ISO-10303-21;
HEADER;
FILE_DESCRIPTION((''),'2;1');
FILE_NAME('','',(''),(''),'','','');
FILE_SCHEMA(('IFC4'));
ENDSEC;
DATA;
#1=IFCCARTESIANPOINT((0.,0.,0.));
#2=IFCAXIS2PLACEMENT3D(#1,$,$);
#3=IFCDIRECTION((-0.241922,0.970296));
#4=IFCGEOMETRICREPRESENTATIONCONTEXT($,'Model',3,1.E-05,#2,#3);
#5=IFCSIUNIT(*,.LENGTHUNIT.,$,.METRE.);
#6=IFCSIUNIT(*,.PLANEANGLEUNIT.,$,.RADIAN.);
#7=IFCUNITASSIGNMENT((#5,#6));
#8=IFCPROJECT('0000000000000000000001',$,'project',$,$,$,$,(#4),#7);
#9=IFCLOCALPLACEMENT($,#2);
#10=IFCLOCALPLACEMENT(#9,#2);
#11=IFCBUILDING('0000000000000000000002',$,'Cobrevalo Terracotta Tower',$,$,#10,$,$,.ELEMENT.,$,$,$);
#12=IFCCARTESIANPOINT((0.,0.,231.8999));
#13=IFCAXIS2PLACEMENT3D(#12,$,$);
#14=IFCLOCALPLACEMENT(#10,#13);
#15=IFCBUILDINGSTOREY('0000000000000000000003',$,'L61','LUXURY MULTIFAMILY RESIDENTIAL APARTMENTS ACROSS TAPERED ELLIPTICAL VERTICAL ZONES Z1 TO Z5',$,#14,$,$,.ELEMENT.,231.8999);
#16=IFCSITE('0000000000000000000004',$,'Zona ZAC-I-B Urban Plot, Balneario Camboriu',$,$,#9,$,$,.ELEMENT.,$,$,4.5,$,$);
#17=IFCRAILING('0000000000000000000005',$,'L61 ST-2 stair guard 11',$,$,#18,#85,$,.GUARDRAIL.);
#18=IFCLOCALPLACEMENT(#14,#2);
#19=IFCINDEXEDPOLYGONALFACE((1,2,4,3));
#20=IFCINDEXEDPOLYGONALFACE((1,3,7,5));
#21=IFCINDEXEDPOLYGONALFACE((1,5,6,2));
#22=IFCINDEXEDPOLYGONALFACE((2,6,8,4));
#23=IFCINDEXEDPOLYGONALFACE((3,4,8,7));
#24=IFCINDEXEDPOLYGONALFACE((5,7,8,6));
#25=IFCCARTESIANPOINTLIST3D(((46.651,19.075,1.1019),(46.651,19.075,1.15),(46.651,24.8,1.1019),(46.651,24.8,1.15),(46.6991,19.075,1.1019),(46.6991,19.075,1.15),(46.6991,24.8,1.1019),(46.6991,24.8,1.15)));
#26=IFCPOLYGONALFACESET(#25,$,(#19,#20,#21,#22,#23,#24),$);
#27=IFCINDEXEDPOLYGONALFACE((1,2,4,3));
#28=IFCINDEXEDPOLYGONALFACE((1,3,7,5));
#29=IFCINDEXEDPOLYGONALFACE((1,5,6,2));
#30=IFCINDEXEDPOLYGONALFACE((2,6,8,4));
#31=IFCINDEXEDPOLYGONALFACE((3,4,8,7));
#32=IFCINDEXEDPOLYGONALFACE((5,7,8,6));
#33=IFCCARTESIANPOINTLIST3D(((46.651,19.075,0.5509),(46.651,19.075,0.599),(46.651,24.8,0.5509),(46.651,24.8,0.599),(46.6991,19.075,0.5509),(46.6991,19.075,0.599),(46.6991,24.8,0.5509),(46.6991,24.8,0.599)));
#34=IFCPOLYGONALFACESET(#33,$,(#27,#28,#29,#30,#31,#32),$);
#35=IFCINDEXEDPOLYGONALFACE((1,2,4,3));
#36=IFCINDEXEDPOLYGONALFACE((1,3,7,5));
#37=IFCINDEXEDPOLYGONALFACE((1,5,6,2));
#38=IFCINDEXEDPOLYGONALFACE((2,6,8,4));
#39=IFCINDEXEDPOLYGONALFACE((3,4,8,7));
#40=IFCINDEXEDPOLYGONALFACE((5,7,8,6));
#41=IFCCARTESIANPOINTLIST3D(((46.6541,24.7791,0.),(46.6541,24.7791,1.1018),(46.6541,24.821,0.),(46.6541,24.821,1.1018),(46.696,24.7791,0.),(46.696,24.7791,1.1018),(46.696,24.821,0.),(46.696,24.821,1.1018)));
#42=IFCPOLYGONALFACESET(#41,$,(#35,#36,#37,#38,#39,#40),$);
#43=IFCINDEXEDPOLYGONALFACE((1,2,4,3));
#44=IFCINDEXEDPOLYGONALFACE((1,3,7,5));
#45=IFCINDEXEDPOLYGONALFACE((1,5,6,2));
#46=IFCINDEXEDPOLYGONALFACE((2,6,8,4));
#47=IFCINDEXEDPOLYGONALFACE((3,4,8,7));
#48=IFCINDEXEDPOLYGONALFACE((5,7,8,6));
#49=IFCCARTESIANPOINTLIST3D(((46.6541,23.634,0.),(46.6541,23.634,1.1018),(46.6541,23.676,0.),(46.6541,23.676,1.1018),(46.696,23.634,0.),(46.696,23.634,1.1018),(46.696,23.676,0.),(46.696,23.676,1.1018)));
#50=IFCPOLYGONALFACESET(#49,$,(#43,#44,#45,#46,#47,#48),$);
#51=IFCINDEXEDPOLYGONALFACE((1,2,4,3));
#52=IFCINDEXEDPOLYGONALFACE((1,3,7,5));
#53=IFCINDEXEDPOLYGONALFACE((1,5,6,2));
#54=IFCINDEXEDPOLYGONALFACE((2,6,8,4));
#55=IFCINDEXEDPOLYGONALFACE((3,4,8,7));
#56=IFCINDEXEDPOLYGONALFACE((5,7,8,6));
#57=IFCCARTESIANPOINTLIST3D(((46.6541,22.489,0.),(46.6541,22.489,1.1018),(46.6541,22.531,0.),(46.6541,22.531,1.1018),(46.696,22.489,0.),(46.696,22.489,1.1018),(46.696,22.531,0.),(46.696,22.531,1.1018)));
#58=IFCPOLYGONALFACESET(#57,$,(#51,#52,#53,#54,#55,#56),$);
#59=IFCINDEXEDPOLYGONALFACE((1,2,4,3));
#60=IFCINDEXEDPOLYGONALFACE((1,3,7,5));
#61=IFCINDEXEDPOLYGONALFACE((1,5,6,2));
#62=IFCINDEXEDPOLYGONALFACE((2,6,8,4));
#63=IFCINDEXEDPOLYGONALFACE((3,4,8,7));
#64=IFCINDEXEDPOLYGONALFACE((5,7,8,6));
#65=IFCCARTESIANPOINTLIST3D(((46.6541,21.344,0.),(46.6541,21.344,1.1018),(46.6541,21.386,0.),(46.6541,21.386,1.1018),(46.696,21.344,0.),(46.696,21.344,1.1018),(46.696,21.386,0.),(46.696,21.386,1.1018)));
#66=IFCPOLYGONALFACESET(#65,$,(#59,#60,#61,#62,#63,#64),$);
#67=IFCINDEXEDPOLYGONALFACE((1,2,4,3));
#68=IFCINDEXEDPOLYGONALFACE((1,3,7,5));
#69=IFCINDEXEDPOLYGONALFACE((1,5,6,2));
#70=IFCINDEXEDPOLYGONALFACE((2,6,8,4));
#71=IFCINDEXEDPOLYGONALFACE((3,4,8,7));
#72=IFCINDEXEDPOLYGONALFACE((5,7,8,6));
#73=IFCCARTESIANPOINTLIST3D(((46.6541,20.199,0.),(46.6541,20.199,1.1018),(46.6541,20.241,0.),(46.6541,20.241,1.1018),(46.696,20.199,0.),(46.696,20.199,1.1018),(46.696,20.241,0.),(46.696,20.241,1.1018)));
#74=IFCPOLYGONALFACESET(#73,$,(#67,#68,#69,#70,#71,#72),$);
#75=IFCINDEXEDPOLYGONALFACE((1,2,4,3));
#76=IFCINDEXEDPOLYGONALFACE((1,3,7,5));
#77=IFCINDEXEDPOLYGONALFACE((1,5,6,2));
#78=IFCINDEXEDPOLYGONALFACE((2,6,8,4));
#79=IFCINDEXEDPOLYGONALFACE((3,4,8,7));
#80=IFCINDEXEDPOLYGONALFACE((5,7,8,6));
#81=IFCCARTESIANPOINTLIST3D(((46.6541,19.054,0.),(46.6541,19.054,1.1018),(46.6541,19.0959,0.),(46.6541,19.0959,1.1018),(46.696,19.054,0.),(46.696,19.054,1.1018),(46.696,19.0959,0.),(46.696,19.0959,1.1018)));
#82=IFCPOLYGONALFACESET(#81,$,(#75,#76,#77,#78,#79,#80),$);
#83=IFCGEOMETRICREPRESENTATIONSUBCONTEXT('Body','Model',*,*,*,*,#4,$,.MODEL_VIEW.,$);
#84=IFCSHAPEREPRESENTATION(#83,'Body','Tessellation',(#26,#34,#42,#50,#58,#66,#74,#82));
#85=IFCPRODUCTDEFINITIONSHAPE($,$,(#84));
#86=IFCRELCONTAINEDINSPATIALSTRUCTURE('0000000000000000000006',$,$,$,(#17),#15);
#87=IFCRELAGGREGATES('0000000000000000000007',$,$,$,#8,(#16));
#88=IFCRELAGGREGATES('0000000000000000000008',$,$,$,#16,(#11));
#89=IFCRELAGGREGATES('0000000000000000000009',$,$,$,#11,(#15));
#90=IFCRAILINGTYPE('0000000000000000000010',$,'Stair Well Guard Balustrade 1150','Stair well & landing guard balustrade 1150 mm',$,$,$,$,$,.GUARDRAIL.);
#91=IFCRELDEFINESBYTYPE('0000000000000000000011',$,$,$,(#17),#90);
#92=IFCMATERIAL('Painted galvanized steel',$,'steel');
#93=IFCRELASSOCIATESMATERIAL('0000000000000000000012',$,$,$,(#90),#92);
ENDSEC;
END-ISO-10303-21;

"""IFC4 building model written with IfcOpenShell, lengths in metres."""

from ifc_helpers import new_model, si_unit, direction, frame, origin, origin_2d, place, context, subcontext, project, spatial, rectangle, extrude, material, type_object, element, save


model = new_model("IFC4")

# Units and contexts
model_context = context("Model", 3, precision=1e-05, world=origin(), true_north=direction((-0.241922, 0.970296)))
body_context = subcontext(model_context, "Body", "Model", "MODEL_VIEW")
ifc_project = project(units=[si_unit("LENGTHUNIT", "METRE"), si_unit("PLANEANGLEUNIT", "RADIAN")], contexts=[model_context])

# Site, building, storey
site_placement = place(None, origin())
site = spatial("IfcSite", under=ifc_project, at=site_placement, Name="Zona ZAC-I-B Urban Plot, Balneario Camboriu", CompositionType="ELEMENT", RefElevation=4.5)
building_placement = place(site_placement, origin())
building = spatial("IfcBuilding", under=site, at=building_placement, Name="Cobrevalo Terracotta Tower", CompositionType="ELEMENT")
storey_placement = place(building_placement, frame((0.0, 0.0, 231.8999)))
storey = spatial("IfcBuildingStorey", under=building, at=storey_placement, Name="L61", Description="LUXURY MULTIFAMILY RESIDENTIAL APARTMENTS ACROSS TAPERED ELLIPTICAL VERTICAL ZONES Z1 TO Z5", CompositionType="ELEMENT", Elevation=231.8999)

# Railing
ifc_material_1 = material(Name="Painted galvanized steel", Category="steel")
railing_type = type_object("IfcRailingType", Name="Stair Well Guard Balustrade 1150", Description="Stair well & landing guard balustrade 1150 mm", PredefinedType="GUARDRAIL", material=ifc_material_1)
for number, where, name in (
    (1, (46.675, 24.8, 0.0), "L61 ST-2 stair guard 11"),
):
    element("IfcRailing", number, at=place(storey_placement, frame(where)), inside=storey, type_object=railing_type, Name=name, PredefinedType="GUARDRAIL", context=body_context, shape_type="SweptSolid", body=[
        extrude(rectangle(XDim=0.0481, YDim=0.0481, at=origin_2d()), frame((0.0, 0.0, 1.126), z_axis=(0.0, -1.0, 0.0), x_axis=(1.0, 0.0, 0.0)), (0.0, 0.0, 1.0), 5.7251),
        extrude(rectangle(XDim=0.0481, YDim=0.0481, at=origin_2d()), frame((0.0, 0.0, 0.575), z_axis=(0.0, -1.0, 0.0), x_axis=(1.0, 0.0, 0.0)), (0.0, 0.0, 1.0), 5.7251),
        extrude(rectangle(XDim=0.042, YDim=0.042, at=origin_2d()), origin(), (0.0, 0.0, 1.0), 1.1018),
        extrude(rectangle(XDim=0.042, YDim=0.042, at=origin_2d()), frame((0.0, -1.145, 0.0)), (0.0, 0.0, 1.0), 1.1018),
        extrude(rectangle(XDim=0.042, YDim=0.042, at=origin_2d()), frame((0.0, -2.29, 0.0)), (0.0, 0.0, 1.0), 1.1018),
        extrude(rectangle(XDim=0.042, YDim=0.042, at=origin_2d()), frame((0.0, -3.4351, 0.0)), (0.0, 0.0, 1.0), 1.1018),
        extrude(rectangle(XDim=0.042, YDim=0.042, at=origin_2d()), frame((0.0, -4.5801, 0.0)), (0.0, 0.0, 1.0), 1.1018),
        extrude(rectangle(XDim=0.042, YDim=0.042, at=origin_2d()), frame((0.0, -5.7251, 0.0)), (0.0, 0.0, 1.0), 1.1018),
    ])

save(model, "model.ifc")
